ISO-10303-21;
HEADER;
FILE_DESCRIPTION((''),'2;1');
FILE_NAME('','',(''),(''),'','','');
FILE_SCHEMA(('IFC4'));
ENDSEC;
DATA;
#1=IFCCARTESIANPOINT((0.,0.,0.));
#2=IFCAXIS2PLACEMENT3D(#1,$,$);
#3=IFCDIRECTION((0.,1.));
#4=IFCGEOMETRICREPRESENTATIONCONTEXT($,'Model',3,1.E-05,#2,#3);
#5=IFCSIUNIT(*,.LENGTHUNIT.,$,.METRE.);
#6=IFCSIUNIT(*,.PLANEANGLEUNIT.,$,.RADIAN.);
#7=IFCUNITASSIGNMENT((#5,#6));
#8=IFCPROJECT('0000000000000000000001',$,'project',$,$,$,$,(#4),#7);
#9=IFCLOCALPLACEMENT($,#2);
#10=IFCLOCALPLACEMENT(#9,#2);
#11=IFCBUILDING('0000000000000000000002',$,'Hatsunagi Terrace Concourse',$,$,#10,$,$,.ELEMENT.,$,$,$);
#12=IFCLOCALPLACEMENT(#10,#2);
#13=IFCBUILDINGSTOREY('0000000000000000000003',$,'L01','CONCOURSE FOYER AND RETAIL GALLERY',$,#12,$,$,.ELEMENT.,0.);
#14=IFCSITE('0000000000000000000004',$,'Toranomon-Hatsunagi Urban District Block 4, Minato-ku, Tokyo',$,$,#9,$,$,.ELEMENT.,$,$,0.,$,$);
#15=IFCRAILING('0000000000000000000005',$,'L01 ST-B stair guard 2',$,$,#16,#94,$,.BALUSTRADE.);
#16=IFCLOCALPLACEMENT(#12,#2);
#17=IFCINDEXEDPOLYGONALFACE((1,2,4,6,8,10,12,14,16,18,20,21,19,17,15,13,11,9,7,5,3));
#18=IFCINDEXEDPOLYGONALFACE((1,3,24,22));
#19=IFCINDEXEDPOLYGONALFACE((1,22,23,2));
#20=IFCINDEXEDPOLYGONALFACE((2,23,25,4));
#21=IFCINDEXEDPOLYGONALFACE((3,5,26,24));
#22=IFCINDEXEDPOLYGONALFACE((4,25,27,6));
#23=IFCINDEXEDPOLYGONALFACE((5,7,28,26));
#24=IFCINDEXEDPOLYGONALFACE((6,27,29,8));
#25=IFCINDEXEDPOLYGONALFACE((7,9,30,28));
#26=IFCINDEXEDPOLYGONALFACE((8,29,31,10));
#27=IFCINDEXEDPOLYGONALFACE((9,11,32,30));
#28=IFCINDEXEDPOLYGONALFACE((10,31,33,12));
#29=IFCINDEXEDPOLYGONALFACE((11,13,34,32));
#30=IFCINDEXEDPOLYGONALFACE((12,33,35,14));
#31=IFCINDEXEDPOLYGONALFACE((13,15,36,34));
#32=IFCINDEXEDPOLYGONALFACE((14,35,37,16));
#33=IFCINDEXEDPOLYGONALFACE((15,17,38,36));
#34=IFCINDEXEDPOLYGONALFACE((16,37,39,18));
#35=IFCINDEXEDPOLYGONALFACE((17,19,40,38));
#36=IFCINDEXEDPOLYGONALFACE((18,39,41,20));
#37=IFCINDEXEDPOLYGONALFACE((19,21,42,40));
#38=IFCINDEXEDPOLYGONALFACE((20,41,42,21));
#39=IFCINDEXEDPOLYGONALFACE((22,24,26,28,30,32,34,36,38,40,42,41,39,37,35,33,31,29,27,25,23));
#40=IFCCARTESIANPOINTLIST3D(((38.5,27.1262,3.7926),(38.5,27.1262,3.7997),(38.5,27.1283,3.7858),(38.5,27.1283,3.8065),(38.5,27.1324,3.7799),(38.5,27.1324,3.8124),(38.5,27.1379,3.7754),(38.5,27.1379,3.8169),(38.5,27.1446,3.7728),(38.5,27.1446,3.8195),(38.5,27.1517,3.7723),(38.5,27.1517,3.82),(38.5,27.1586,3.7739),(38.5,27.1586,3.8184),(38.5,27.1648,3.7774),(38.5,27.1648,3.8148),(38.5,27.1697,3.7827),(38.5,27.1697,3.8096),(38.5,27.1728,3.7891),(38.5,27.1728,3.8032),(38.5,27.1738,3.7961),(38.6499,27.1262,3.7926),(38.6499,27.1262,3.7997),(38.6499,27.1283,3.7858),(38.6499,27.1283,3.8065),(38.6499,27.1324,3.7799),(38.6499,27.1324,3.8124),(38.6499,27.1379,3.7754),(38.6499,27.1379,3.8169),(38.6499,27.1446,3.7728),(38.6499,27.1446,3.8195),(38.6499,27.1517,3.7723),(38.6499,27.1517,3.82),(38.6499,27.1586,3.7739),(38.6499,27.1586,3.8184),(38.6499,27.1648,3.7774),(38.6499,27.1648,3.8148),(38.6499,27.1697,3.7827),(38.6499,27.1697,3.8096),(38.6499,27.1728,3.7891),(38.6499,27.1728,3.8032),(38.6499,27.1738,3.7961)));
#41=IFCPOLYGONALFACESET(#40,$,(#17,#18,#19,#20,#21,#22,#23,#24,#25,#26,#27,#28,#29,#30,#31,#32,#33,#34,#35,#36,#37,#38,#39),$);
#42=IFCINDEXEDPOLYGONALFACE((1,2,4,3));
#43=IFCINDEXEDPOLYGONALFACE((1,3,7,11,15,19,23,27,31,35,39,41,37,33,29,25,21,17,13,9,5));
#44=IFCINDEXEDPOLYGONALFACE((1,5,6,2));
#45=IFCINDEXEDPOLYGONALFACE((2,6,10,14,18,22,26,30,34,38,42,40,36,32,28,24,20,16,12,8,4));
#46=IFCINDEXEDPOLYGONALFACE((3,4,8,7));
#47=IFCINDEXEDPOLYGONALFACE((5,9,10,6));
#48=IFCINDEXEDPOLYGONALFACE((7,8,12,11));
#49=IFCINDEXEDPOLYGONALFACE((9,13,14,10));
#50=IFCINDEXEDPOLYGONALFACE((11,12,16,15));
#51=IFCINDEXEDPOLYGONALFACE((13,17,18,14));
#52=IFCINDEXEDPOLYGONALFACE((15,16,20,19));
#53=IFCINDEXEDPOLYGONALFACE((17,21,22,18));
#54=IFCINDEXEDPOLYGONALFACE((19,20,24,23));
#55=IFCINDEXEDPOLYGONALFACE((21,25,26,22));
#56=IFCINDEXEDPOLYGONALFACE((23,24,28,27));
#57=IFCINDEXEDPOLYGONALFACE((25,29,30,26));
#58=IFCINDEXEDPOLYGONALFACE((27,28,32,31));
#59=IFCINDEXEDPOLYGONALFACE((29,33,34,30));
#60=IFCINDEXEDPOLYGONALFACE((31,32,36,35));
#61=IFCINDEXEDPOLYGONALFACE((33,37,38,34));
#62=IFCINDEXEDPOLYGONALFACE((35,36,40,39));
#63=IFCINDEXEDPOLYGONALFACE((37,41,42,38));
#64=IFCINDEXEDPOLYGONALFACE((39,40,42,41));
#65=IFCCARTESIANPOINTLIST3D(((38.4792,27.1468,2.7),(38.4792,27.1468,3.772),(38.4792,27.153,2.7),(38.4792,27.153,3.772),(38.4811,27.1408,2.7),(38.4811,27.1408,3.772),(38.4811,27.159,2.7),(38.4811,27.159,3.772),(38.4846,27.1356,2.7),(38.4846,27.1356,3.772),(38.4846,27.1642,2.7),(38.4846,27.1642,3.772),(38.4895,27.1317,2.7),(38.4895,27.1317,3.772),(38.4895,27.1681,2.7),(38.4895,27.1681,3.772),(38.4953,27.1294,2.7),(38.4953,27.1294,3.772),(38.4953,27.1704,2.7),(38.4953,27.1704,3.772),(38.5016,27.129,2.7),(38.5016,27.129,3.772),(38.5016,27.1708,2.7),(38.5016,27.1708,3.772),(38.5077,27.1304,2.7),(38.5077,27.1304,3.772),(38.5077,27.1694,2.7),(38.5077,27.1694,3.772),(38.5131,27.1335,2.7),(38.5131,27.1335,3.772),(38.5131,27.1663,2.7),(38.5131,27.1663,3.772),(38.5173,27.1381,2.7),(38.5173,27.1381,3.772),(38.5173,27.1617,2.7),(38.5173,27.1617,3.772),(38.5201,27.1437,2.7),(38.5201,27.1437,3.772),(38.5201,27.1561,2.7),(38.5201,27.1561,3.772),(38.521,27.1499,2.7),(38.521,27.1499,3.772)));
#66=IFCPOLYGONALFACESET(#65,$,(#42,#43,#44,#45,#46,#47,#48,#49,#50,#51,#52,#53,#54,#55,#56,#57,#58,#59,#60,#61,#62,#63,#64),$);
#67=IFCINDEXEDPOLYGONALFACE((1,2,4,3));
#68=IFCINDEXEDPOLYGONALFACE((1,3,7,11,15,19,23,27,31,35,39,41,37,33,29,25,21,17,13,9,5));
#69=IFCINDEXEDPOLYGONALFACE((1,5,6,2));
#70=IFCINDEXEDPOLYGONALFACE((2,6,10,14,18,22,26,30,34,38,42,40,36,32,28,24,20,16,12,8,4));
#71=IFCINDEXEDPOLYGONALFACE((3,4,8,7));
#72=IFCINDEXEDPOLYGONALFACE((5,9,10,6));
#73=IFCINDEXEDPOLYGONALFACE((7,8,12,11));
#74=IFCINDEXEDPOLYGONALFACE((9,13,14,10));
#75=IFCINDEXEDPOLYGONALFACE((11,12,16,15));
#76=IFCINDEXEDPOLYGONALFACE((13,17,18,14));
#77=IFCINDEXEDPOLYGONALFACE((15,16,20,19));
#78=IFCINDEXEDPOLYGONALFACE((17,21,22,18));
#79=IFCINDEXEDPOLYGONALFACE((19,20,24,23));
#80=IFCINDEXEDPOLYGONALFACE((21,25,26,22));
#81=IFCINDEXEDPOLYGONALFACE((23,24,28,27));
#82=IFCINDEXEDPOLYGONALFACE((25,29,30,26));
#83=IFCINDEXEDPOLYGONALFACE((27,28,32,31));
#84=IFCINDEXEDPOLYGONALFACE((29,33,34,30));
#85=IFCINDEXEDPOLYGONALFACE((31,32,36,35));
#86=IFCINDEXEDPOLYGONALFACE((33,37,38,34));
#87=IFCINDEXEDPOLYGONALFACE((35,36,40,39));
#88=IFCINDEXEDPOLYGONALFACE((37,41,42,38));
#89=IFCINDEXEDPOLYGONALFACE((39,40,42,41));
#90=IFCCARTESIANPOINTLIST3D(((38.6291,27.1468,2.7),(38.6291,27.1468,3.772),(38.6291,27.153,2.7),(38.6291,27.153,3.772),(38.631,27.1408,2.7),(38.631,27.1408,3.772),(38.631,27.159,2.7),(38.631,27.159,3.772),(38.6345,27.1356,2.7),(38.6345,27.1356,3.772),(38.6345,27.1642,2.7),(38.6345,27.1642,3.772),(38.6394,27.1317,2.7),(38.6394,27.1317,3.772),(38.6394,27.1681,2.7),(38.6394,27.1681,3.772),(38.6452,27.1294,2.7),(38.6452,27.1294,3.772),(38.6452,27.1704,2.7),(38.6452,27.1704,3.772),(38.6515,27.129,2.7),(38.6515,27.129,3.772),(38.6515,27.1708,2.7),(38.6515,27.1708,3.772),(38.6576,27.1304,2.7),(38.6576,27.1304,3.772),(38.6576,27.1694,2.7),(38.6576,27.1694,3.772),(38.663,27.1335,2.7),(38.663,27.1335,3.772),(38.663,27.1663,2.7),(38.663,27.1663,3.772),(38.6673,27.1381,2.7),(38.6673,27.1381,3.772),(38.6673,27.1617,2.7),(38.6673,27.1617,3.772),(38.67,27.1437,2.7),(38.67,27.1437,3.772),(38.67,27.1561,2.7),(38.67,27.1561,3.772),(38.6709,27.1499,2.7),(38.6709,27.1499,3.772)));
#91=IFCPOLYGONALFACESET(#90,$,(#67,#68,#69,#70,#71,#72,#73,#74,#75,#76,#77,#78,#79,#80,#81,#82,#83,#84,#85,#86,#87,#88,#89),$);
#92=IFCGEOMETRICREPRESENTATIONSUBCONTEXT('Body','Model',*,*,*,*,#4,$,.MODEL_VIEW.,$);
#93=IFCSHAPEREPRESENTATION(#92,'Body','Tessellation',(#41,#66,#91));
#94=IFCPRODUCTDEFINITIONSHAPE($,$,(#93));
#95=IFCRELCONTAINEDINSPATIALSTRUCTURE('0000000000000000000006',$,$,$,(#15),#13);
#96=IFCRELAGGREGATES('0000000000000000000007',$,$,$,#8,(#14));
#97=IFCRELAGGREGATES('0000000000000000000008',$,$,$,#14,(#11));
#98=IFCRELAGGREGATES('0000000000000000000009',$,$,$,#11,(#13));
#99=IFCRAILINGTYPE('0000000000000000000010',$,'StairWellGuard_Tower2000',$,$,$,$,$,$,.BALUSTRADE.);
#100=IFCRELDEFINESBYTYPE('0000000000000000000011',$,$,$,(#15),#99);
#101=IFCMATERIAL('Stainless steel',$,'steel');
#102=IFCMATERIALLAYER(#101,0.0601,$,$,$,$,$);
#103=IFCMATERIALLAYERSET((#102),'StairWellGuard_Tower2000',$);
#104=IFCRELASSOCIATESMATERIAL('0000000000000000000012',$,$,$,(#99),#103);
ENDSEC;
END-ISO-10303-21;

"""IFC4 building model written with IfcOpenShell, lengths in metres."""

from ifc_helpers import new_model, si_unit, direction, frame, origin, origin_2d, place, context, subcontext, project, spatial, circle, extrude, material, layer, layer_set, type_object, element, save


model = new_model("IFC4")

# Units and contexts
model_context = context("Model", 3, precision=1e-05, world=origin(), true_north=direction((0.0, 1.0)))
body_context = subcontext(model_context, "Body", "Model", "MODEL_VIEW")
ifc_project = project(units=[si_unit("LENGTHUNIT", "METRE"), si_unit("PLANEANGLEUNIT", "RADIAN")], contexts=[model_context])

# Site, building, storey
site_placement = place(None, origin())
site = spatial("IfcSite", under=ifc_project, at=site_placement, Name="Toranomon-Hatsunagi Urban District Block 4, Minato-ku, Tokyo", CompositionType="ELEMENT", RefElevation=0.0)
building_placement = place(site_placement, origin())
building = spatial("IfcBuilding", under=site, at=building_placement, Name="Hatsunagi Terrace Concourse", CompositionType="ELEMENT")
storey_placement = place(building_placement, origin())
storey = spatial("IfcBuildingStorey", under=building, at=storey_placement, Name="L01", Description="CONCOURSE FOYER AND RETAIL GALLERY", CompositionType="ELEMENT", Elevation=0.0)

# Railing
ifc_material_1 = material(Name="Stainless steel", Category="steel")
ifc_layer_1 = layer(ifc_material_1, 0.0601)
ifc_layer_set_1 = layer_set([ifc_layer_1], Name="StairWellGuard_Tower2000")
railing_type_1 = type_object("IfcRailingType", Name="StairWellGuard_Tower2000", PredefinedType="BALUSTRADE", material=ifc_layer_set_1)
railing_1_placement = place(storey_placement, frame((38.5, 27.1499, 2.7)))
element("IfcRailing", 1, at=railing_1_placement, inside=storey, type_object=railing_type_1, Name="L01 ST-B stair guard 2", PredefinedType="BALUSTRADE", context=body_context, shape_type="SweptSolid", body=[
    extrude(circle(Radius=0.0239, at=origin_2d()), frame((0.0, 0.0, 1.0962), z_axis=(1.0, 0.0, 0.0), x_axis=(0.0, 1.0, 0.0)), (0.0, 0.0, 1.0), 0.1499),
    extrude(circle(Radius=0.021, at=origin_2d()), origin(), (0.0, 0.0, 1.0), 1.072),
    extrude(circle(Radius=0.021, at=origin_2d()), frame((0.1499, 0.0, 0.0)), (0.0, 0.0, 1.0), 1.072),
])

save(model, "model.ifc")
